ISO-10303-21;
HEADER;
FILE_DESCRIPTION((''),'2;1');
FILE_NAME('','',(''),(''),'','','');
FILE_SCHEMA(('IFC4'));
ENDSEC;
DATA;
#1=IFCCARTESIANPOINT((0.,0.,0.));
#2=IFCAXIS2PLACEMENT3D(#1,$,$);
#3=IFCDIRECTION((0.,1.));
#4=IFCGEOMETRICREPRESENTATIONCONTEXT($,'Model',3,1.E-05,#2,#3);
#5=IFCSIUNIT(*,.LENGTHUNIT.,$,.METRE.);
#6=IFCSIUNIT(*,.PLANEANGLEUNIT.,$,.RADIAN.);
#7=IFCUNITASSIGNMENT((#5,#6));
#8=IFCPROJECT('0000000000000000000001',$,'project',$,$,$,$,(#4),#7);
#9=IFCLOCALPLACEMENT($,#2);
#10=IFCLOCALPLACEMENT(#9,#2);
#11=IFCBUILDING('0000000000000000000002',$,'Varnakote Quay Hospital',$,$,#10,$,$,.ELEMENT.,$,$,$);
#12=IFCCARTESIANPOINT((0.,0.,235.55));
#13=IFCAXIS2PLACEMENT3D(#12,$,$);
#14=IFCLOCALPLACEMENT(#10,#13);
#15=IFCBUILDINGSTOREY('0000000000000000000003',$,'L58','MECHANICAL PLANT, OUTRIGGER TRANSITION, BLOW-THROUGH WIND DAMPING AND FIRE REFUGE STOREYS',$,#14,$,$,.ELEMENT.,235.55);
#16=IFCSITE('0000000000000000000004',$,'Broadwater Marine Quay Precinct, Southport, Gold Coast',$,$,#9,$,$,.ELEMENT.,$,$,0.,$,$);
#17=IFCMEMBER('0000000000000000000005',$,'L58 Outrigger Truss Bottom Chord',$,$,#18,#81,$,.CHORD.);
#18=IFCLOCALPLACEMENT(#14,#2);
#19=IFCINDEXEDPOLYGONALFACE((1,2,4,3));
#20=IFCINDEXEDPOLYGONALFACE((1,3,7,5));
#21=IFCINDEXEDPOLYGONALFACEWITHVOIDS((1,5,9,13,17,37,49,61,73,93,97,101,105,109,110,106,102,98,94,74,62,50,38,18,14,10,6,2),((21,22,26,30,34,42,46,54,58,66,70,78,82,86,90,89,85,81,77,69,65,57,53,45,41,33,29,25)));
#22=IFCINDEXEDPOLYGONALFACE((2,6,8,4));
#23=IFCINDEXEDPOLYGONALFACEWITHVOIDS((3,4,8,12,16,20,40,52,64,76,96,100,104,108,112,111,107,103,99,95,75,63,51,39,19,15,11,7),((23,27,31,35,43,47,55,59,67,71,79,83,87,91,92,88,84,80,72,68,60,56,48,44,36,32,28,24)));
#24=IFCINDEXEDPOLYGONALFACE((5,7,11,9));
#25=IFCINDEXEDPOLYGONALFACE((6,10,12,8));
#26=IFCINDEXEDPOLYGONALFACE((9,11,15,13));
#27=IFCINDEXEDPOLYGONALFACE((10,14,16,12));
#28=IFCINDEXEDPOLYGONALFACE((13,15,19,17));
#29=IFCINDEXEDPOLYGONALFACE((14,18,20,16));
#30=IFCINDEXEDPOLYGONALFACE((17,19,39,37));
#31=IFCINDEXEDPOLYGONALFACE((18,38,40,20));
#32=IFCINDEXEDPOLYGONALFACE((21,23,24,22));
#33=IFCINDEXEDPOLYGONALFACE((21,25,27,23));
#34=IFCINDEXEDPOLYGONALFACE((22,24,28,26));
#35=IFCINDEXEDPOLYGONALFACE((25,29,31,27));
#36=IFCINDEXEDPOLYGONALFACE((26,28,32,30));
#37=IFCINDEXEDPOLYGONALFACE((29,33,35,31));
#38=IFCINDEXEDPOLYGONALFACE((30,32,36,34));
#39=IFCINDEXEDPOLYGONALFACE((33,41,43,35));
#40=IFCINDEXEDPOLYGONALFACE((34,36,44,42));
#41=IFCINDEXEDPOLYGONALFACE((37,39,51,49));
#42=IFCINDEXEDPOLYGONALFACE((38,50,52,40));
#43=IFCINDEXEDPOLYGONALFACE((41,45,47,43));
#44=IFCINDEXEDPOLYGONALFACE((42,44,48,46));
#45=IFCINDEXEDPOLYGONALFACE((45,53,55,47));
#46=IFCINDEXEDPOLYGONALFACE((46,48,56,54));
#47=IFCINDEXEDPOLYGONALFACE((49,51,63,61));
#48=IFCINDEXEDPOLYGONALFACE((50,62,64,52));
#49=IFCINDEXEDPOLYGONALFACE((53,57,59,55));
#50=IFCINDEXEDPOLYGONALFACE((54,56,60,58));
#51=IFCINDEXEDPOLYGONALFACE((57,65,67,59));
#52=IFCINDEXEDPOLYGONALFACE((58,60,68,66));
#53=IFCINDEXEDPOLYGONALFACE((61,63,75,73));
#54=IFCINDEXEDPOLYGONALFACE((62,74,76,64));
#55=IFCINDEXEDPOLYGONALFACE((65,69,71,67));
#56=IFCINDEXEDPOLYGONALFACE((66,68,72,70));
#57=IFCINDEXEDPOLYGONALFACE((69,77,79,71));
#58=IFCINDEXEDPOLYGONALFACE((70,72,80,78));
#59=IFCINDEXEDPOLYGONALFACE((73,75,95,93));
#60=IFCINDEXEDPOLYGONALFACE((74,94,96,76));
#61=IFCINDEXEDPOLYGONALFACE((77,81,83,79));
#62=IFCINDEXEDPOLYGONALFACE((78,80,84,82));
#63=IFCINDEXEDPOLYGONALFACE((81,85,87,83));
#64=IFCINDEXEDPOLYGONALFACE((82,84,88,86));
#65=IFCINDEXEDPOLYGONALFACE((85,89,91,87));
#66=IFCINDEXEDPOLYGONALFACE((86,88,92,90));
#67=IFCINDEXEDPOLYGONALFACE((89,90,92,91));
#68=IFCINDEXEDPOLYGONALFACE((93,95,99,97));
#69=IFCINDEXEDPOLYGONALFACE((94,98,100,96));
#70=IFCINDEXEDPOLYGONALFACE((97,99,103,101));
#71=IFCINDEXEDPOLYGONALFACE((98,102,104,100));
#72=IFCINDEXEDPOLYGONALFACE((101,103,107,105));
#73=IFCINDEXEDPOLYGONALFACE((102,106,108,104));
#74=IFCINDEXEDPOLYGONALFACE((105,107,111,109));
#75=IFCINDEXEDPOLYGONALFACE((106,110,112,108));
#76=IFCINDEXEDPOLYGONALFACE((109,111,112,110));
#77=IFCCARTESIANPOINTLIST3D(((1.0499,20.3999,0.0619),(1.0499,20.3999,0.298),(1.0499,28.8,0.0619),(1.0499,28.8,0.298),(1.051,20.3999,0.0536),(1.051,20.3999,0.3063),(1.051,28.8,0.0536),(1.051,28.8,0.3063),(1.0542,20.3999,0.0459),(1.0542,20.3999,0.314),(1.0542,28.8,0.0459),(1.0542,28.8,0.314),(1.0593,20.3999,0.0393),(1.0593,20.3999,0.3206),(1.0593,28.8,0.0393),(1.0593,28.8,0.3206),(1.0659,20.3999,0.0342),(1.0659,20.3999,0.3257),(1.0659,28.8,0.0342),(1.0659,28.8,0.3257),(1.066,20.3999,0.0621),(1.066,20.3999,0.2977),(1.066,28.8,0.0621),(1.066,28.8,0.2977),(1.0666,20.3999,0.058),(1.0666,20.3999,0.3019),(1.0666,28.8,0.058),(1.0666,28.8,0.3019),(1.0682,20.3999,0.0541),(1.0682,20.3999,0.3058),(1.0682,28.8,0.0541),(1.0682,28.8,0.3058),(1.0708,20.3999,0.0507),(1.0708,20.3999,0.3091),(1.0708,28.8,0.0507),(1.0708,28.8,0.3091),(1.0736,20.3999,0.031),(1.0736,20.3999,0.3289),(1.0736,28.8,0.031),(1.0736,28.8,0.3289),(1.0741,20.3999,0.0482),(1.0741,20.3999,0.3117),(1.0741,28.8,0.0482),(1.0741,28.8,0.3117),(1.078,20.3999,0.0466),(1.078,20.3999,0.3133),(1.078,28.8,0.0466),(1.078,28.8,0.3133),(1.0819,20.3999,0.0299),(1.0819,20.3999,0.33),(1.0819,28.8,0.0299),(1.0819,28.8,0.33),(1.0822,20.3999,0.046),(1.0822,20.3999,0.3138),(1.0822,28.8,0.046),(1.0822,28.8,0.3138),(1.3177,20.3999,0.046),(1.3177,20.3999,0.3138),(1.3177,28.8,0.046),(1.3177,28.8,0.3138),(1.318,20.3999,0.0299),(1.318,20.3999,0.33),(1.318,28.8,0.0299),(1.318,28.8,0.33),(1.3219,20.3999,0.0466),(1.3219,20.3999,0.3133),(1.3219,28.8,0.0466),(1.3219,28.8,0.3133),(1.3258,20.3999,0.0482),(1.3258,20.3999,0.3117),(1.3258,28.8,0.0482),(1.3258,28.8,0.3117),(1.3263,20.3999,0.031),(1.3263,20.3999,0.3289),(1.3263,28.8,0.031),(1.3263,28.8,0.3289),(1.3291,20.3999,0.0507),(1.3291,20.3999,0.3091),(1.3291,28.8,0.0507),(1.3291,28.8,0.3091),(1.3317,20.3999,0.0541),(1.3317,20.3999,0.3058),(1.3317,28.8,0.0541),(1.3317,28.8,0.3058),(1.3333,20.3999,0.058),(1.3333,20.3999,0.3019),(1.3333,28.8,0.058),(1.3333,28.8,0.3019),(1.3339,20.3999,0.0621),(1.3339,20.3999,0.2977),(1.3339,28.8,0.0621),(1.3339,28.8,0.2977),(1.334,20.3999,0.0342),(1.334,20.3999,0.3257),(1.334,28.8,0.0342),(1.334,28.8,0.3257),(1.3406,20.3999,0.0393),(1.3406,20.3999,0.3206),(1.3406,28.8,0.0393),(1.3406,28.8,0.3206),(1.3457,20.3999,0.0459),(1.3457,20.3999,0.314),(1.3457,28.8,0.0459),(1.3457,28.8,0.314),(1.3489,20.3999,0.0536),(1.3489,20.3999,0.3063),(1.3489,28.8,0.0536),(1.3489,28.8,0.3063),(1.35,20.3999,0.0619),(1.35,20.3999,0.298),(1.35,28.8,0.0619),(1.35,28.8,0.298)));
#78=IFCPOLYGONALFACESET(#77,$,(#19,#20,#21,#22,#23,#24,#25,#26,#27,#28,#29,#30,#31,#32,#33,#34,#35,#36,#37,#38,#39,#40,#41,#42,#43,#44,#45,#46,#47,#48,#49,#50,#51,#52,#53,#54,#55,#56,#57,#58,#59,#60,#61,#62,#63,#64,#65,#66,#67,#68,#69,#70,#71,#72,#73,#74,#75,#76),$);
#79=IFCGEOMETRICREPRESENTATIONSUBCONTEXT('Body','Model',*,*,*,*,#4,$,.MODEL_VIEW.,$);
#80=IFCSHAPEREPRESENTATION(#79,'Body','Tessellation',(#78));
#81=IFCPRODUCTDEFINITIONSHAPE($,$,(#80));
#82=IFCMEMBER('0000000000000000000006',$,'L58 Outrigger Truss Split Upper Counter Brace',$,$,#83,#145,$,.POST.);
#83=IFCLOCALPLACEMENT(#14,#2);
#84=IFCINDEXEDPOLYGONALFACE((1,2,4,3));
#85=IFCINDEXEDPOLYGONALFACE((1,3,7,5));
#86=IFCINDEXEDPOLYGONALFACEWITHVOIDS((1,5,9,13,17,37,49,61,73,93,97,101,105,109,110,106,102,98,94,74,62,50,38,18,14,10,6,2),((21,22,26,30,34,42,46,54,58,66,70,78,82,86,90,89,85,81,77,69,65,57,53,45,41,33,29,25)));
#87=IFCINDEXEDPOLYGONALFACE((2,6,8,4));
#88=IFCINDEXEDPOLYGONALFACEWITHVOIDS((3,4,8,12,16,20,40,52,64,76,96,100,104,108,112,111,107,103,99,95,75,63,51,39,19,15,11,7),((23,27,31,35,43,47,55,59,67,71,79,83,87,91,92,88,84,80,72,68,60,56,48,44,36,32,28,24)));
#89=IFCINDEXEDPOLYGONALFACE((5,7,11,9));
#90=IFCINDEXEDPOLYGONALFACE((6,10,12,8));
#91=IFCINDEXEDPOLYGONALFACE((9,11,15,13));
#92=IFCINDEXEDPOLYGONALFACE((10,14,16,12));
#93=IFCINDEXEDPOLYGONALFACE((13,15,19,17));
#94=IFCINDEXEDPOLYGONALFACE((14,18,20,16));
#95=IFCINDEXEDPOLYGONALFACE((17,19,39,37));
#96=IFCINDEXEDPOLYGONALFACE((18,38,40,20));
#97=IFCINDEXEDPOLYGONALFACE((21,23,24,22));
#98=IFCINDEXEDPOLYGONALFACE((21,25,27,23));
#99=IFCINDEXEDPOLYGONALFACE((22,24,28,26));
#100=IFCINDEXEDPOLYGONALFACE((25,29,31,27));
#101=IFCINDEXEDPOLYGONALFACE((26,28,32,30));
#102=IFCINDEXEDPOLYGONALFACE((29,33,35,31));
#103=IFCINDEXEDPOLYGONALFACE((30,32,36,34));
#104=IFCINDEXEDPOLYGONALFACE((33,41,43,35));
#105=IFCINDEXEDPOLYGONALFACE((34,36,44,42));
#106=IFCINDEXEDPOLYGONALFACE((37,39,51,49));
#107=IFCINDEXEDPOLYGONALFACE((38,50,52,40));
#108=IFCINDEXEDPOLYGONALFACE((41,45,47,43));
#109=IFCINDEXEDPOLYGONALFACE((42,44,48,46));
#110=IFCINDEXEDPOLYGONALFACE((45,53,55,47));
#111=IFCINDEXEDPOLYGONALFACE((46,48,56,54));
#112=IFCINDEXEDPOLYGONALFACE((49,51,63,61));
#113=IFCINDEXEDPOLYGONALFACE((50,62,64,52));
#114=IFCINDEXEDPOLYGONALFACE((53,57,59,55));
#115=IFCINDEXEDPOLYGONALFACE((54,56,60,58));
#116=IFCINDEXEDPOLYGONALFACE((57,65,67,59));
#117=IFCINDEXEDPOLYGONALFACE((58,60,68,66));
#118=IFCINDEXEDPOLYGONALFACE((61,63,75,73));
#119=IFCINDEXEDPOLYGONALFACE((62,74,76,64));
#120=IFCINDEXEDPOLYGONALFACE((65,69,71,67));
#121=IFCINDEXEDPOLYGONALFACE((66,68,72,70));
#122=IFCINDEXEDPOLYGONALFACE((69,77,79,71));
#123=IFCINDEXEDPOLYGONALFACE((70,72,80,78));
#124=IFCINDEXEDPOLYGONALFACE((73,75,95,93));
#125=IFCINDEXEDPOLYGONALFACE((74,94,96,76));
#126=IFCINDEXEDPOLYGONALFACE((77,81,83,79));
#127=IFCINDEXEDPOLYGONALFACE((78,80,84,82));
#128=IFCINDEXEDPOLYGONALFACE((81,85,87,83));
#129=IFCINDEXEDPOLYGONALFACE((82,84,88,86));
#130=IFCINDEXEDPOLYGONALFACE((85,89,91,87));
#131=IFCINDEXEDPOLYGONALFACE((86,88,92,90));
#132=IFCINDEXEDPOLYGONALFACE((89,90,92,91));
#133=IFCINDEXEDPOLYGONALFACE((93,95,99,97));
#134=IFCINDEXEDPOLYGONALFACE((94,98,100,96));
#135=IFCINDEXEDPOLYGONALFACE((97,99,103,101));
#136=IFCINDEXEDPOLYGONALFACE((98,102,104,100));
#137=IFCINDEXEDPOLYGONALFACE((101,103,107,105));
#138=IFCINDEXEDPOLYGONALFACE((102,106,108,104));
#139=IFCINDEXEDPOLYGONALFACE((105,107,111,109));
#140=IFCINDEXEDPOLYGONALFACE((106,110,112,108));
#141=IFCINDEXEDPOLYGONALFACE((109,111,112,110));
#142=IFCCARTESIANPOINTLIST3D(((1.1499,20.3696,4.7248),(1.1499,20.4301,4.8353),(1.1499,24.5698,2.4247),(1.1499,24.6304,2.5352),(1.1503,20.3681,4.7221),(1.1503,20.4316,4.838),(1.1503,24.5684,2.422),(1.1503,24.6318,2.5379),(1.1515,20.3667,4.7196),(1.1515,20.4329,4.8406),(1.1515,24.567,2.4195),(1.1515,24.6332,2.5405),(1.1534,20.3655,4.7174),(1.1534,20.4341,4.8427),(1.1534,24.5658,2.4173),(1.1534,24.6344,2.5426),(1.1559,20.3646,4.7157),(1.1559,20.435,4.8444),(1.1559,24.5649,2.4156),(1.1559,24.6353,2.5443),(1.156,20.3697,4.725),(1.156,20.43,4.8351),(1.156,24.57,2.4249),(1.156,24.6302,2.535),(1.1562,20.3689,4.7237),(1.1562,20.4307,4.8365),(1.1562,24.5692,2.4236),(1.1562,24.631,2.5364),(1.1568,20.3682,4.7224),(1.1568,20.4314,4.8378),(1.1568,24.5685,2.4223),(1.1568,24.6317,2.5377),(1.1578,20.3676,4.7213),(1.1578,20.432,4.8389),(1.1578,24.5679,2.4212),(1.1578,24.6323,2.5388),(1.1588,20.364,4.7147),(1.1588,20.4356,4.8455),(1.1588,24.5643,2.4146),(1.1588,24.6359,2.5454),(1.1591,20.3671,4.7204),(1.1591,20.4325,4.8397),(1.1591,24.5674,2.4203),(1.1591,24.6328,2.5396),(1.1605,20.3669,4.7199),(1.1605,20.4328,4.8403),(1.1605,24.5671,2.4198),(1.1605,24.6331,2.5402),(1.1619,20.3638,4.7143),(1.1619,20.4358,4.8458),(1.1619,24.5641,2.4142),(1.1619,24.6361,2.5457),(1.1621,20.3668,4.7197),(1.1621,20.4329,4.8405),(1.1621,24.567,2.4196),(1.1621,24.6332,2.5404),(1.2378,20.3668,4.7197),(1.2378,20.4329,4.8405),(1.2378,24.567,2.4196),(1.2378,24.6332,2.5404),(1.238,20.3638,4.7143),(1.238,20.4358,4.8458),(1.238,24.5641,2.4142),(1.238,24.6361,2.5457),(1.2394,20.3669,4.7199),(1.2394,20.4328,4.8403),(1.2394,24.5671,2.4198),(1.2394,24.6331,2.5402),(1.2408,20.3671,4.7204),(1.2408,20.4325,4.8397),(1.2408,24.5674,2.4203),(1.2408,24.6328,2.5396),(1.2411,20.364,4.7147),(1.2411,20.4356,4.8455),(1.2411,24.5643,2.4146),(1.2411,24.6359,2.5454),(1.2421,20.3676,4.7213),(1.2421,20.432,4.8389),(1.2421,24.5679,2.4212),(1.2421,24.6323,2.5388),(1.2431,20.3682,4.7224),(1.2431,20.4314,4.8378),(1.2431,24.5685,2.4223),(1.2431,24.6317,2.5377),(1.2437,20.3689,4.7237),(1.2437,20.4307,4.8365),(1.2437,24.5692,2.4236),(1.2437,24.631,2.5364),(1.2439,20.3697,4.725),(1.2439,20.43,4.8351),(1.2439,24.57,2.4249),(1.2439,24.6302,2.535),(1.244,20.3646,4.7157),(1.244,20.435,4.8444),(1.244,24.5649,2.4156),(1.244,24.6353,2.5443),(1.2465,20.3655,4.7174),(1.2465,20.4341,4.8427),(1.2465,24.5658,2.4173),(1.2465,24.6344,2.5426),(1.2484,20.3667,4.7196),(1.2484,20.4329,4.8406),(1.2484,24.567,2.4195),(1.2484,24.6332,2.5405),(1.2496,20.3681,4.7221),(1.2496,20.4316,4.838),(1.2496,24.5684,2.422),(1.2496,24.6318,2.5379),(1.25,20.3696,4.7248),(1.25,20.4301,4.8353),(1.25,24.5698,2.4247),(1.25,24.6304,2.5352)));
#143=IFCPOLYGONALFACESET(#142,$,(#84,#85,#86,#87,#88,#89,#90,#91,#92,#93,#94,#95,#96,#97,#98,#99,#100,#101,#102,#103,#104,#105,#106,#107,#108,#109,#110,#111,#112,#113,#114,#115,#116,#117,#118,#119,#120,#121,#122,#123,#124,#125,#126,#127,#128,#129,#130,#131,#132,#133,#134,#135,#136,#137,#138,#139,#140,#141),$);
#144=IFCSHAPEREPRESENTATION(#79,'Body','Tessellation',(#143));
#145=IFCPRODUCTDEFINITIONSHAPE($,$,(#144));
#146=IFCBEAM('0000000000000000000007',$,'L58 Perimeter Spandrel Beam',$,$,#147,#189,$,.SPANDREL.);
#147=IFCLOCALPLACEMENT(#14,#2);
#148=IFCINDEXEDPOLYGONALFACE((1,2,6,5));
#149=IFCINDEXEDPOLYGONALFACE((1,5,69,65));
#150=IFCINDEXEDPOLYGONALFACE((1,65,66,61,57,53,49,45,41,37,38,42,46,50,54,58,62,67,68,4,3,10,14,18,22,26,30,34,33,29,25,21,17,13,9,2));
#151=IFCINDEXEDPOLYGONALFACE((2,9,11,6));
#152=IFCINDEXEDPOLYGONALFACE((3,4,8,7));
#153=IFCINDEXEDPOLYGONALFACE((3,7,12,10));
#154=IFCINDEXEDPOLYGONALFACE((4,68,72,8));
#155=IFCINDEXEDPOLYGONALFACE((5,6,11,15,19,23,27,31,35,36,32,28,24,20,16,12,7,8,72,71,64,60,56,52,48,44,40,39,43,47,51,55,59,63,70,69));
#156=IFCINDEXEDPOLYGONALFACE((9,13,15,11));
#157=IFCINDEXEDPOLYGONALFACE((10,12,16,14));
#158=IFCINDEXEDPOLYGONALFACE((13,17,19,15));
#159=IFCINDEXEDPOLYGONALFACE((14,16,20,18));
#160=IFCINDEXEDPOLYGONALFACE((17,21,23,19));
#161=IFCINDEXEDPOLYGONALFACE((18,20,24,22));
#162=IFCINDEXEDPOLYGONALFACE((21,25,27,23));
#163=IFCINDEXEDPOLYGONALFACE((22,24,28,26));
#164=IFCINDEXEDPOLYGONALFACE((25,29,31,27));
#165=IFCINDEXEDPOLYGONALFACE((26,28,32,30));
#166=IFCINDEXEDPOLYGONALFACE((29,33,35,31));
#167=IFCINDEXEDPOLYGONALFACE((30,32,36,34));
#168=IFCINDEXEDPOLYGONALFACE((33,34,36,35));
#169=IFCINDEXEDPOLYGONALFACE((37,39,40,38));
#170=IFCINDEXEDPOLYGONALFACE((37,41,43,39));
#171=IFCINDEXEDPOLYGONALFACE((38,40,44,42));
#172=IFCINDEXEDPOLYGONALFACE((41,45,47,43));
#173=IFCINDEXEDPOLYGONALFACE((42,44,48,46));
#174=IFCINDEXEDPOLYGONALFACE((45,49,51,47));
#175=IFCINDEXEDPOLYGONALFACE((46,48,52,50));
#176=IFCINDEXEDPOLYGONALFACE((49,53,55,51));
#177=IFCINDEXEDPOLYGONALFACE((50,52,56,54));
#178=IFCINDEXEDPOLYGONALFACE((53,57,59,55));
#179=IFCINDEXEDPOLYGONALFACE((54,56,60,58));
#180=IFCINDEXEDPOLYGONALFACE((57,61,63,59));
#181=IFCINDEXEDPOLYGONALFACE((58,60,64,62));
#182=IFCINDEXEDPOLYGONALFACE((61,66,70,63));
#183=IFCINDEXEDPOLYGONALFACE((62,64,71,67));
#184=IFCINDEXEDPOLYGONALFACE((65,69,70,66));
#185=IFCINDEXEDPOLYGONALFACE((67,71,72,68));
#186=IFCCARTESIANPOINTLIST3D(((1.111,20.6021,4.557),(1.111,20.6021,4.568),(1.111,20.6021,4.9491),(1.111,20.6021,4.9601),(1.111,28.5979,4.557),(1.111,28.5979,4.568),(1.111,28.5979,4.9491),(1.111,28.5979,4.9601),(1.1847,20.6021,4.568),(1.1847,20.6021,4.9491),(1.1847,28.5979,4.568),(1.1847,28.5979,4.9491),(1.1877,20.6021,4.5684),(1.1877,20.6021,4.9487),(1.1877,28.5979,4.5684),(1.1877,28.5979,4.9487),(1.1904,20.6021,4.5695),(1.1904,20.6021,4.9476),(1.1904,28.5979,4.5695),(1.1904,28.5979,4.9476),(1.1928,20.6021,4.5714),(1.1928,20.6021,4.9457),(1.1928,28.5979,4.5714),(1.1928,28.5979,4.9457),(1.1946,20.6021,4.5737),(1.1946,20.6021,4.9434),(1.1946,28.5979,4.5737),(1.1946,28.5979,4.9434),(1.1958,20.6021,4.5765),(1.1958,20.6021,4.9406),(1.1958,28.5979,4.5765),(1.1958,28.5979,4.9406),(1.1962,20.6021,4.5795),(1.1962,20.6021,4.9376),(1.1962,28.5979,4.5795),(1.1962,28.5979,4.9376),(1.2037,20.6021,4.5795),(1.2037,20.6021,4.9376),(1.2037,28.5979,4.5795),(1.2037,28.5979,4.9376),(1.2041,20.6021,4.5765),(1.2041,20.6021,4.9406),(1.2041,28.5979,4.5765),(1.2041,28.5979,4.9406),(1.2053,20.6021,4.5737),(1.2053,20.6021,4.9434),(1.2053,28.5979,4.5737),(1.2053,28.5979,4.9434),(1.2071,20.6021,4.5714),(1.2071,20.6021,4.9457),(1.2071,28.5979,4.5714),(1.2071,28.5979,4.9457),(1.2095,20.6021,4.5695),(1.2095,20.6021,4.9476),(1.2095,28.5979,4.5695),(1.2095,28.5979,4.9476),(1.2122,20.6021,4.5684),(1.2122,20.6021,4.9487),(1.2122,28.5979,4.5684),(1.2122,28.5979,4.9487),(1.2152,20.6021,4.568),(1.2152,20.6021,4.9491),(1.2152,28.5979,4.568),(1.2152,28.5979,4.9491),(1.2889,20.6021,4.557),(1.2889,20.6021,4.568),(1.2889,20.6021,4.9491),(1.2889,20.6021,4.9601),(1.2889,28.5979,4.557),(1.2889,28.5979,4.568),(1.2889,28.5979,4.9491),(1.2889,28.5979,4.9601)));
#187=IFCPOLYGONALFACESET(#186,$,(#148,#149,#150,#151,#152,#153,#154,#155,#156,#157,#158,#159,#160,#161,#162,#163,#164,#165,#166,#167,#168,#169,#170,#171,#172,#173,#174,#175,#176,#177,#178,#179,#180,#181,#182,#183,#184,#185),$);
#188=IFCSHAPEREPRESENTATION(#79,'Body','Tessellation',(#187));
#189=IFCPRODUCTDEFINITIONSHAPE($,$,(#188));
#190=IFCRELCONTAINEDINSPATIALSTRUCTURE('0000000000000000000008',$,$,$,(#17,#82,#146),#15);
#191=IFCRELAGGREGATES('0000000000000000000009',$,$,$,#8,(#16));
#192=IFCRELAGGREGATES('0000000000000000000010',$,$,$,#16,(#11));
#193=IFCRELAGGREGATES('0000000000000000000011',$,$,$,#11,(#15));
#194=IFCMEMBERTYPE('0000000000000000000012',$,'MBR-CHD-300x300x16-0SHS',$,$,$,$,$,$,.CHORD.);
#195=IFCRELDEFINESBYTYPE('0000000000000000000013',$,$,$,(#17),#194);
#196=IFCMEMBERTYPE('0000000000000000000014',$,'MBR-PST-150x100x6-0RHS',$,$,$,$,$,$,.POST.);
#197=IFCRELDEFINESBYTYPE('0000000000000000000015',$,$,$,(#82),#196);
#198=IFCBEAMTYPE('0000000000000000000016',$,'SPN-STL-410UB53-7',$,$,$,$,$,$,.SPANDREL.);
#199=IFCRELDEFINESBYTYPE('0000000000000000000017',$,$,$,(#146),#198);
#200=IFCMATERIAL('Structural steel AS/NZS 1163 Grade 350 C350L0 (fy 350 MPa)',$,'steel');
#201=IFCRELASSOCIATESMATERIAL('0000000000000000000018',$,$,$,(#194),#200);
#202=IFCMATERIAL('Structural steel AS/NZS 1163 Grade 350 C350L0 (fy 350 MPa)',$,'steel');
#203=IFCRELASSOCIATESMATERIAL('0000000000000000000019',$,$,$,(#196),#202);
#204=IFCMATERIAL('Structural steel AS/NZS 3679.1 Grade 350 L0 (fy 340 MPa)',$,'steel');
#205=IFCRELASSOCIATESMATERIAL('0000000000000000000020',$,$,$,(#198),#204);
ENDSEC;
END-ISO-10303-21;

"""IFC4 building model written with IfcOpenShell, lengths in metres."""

from ifc_helpers import new_model, si_unit, direction, frame, origin, origin_2d, place, context, subcontext, project, spatial, hollow_rectangle, i_section, extrude, material, material_profile, profile_set, type_object, element, save


model = new_model("IFC4")

# Units and contexts
model_context = context("Model", 3, precision=1e-05, world=origin(), true_north=direction((0.0, 1.0)))
body_context = subcontext(model_context, "Body", "Model", "MODEL_VIEW")
ifc_project = project(units=[si_unit("LENGTHUNIT", "METRE"), si_unit("PLANEANGLEUNIT", "RADIAN")], contexts=[model_context])

# Site, building, storey
site_placement = place(None, origin())
site = spatial("IfcSite", under=ifc_project, at=site_placement, Name="Broadwater Marine Quay Precinct, Southport, Gold Coast", CompositionType="ELEMENT", RefElevation=0.0)
building_placement = place(site_placement, origin())
building = spatial("IfcBuilding", under=site, at=building_placement, Name="Varnakote Quay Hospital", CompositionType="ELEMENT")
storey_placement = place(building_placement, frame((0.0, 0.0, 235.55)))
storey = spatial("IfcBuildingStorey", under=building, at=storey_placement, Name="L58", Description="MECHANICAL PLANT, OUTRIGGER TRANSITION, BLOW-THROUGH WIND DAMPING AND FIRE REFUGE STOREYS", CompositionType="ELEMENT", Elevation=235.55)

# Members
ifc_material_1 = material(Name="Structural steel AS/NZS 1163 Grade 350 C350L0 (fy 350 MPa)", Category="steel")
ifc_material_profile_1 = material_profile(ifc_material_1, hollow_rectangle(XDim=0.3, YDim=0.3, WallThickness=0.0161, InnerFilletRadius=0.0161, OuterFilletRadius=0.032, at=origin_2d()), Name="300x300x16.0SHS")
ifc_profile_set_1 = profile_set([ifc_material_profile_1], Name="Structural steel AS/NZS 1163 Grade 350 C350L0 (fy 350 MPa)")
member_type_1 = type_object("IfcMemberType", Name="MBR-CHD-300x300x16-0SHS", PredefinedType="CHORD", material=ifc_profile_set_1)
member_1_placement = place(storey_placement, frame((1.2, 20.3999, 0.1799), z_axis=(0.0, 1.0, 0.0), x_axis=(-1.0, 0.0, 0.0)))
element("IfcMember", 1, at=member_1_placement, inside=storey, type_object=member_type_1, Name="L58 Outrigger Truss Bottom Chord", PredefinedType="CHORD", context=body_context, shape_type="SweptSolid", body=[
    extrude(hollow_rectangle(XDim=0.3, YDim=0.3, WallThickness=0.0161, InnerFilletRadius=0.0161, OuterFilletRadius=0.032, at=origin_2d()), origin(), (0.0, 0.0, 1.0), 8.4001),
])
ifc_material_2 = material(Name="Structural steel AS/NZS 1163 Grade 350 C350L0 (fy 350 MPa)", Category="steel")
ifc_material_profile_2 = material_profile(ifc_material_2, hollow_rectangle(XDim=0.1001, YDim=0.1499, WallThickness=0.0061, InnerFilletRadius=0.0061, OuterFilletRadius=0.012, at=origin_2d()), Name="150x100x6.0RHS")
ifc_profile_set_2 = profile_set([ifc_material_profile_2], Name="Structural steel AS/NZS 1163 Grade 350 C350L0 (fy 350 MPa)")
member_type_2 = type_object("IfcMemberType", Name="MBR-PST-150x100x6-0RHS", PredefinedType="POST", material=ifc_profile_set_2)
member_2_placement = place(storey_placement, frame((1.2, 24.6001, 2.48), z_axis=(0.0, -0.877101, 0.480305), x_axis=(1.0, 0.0, 0.0)))
element("IfcMember", 2, at=member_2_placement, inside=storey, type_object=member_type_2, Name="L58 Outrigger Truss Split Upper Counter Brace", PredefinedType="POST", context=body_context, shape_type="SweptSolid", body=[
    extrude(hollow_rectangle(XDim=0.1001, YDim=0.1499, WallThickness=0.0061, InnerFilletRadius=0.0061, OuterFilletRadius=0.012, at=origin_2d()), origin(), (0.0, 0.0, 1.0), 4.7888),
])

# Beam
ifc_material_3 = material(Name="Structural steel AS/NZS 3679.1 Grade 350 L0 (fy 340 MPa)", Category="steel")
ifc_material_profile_3 = material_profile(ifc_material_3, i_section(OverallWidth=0.178, OverallDepth=0.4031, WebThickness=0.0076, FlangeThickness=0.011, FilletRadius=0.0115, at=origin_2d()), Name="410UB53.7")
ifc_profile_set_3 = profile_set([ifc_material_profile_3], Name="Structural steel AS/NZS 3679.1 Grade 350 L0 (fy 340 MPa)")
beam_type_1 = type_object("IfcBeamType", Name="SPN-STL-410UB53-7", PredefinedType="SPANDREL", material=ifc_profile_set_3)
beam_1_placement = place(storey_placement, frame((1.2, 20.6021, 4.7585), z_axis=(0.0, 1.0, 0.0), x_axis=(-1.0, 0.0, 0.0)))
element("IfcBeam", 3, at=beam_1_placement, inside=storey, type_object=beam_type_1, Name="L58 Perimeter Spandrel Beam", PredefinedType="SPANDREL", context=body_context, shape_type="SweptSolid", body=[
    extrude(i_section(OverallWidth=0.178, OverallDepth=0.4031, WebThickness=0.0076, FlangeThickness=0.011, FilletRadius=0.0115, at=origin_2d()), origin(), (0.0, 0.0, 1.0), 7.9958),
])

save(model, "model.ifc")
